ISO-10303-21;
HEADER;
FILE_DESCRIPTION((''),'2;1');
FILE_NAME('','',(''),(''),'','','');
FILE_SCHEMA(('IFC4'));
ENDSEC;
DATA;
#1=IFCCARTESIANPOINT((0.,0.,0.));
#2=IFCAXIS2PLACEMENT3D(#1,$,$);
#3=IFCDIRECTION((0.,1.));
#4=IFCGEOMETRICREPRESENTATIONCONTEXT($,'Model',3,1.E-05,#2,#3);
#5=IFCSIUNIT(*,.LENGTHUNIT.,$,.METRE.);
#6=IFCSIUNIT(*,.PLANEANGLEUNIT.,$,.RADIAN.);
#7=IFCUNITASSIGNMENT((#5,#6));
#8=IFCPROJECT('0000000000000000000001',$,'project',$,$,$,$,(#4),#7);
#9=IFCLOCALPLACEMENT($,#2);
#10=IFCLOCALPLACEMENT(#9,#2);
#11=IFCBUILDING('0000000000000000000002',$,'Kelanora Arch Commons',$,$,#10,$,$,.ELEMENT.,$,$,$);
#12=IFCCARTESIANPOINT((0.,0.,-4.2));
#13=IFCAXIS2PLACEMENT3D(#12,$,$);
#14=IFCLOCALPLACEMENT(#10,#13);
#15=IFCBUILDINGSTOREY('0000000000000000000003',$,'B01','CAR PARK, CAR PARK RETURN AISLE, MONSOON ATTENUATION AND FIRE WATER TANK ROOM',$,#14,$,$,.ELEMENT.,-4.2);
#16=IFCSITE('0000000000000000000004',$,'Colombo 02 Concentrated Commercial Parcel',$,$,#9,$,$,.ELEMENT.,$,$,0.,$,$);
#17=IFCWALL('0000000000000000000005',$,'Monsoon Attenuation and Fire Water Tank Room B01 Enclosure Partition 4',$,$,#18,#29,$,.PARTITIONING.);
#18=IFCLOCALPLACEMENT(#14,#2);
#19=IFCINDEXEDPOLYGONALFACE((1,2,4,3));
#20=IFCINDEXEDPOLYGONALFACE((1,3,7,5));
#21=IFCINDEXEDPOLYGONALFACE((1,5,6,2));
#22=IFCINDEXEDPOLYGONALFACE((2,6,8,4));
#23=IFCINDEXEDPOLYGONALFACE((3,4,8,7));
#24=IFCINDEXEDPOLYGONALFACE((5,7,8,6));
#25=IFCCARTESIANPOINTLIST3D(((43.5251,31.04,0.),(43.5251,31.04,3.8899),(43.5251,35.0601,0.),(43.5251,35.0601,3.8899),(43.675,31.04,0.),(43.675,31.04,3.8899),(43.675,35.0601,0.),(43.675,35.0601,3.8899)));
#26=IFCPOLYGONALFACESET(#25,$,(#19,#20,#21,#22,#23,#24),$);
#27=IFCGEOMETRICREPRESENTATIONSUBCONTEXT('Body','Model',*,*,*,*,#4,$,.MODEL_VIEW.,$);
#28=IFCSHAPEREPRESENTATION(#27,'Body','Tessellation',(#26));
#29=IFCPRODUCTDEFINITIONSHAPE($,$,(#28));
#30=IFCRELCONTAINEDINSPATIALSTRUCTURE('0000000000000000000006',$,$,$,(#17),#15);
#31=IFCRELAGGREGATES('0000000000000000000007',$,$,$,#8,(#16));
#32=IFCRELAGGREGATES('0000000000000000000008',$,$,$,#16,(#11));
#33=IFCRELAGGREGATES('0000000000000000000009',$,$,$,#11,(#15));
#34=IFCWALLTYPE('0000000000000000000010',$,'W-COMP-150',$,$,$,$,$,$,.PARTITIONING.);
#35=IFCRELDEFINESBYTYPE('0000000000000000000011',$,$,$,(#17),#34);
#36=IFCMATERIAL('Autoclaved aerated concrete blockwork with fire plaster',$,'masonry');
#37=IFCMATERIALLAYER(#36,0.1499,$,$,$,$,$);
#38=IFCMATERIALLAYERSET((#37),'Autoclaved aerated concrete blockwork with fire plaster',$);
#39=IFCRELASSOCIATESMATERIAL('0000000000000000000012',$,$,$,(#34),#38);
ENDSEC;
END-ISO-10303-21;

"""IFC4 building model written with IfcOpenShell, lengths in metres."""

from ifc_helpers import new_model, si_unit, direction, frame, frame_2d, origin, place, context, subcontext, project, spatial, rectangle, extrude, material, layer, layer_set, type_object, element, save


model = new_model("IFC4")

# Units and contexts
model_context = context("Model", 3, precision=1e-05, world=origin(), true_north=direction((0.0, 1.0)))
body_context = subcontext(model_context, "Body", "Model", "MODEL_VIEW")
ifc_project = project(units=[si_unit("LENGTHUNIT", "METRE"), si_unit("PLANEANGLEUNIT", "RADIAN")], contexts=[model_context])

# Site, building, storey
site_placement = place(None, origin())
site = spatial("IfcSite", under=ifc_project, at=site_placement, Name="Colombo 02 Concentrated Commercial Parcel", CompositionType="ELEMENT", RefElevation=0.0)
building_placement = place(site_placement, origin())
building = spatial("IfcBuilding", under=site, at=building_placement, Name="Kelanora Arch Commons", CompositionType="ELEMENT")
storey_placement = place(building_placement, frame((0.0, 0.0, -4.2)))
storey = spatial("IfcBuildingStorey", under=building, at=storey_placement, Name="B01", Description="CAR PARK, CAR PARK RETURN AISLE, MONSOON ATTENUATION AND FIRE WATER TANK ROOM", CompositionType="ELEMENT", Elevation=-4.2)

# Shared definitions
ifc_material_1 = material(Name="Autoclaved aerated concrete blockwork with fire plaster", Category="masonry")
ifc_layer_1 = layer(ifc_material_1, 0.1499)
ifc_layer_set_1 = layer_set([ifc_layer_1], Name="Autoclaved aerated concrete blockwork with fire plaster")
wall_type = type_object("IfcWallType", Name="W-COMP-150", PredefinedType="PARTITIONING", material=ifc_layer_set_1)

# Wall
wall_1_placement = place(storey_placement, frame((43.6001, 35.0601, 0.0), z_axis=(0.0, 0.0, 1.0), x_axis=(0.0, -1.0, 0.0)))
element("IfcWall", 1, at=wall_1_placement, inside=storey, type_object=wall_type, Name="Monsoon Attenuation and Fire Water Tank Room B01 Enclosure Partition 4", PredefinedType="PARTITIONING", context=body_context, shape_type="SweptSolid", body=[
    extrude(rectangle(XDim=4.02, YDim=0.1499, at=frame_2d((2.01, 0.0))), origin(), (0.0, 0.0, 1.0), 3.8899),
])

save(model, "model.ifc")
